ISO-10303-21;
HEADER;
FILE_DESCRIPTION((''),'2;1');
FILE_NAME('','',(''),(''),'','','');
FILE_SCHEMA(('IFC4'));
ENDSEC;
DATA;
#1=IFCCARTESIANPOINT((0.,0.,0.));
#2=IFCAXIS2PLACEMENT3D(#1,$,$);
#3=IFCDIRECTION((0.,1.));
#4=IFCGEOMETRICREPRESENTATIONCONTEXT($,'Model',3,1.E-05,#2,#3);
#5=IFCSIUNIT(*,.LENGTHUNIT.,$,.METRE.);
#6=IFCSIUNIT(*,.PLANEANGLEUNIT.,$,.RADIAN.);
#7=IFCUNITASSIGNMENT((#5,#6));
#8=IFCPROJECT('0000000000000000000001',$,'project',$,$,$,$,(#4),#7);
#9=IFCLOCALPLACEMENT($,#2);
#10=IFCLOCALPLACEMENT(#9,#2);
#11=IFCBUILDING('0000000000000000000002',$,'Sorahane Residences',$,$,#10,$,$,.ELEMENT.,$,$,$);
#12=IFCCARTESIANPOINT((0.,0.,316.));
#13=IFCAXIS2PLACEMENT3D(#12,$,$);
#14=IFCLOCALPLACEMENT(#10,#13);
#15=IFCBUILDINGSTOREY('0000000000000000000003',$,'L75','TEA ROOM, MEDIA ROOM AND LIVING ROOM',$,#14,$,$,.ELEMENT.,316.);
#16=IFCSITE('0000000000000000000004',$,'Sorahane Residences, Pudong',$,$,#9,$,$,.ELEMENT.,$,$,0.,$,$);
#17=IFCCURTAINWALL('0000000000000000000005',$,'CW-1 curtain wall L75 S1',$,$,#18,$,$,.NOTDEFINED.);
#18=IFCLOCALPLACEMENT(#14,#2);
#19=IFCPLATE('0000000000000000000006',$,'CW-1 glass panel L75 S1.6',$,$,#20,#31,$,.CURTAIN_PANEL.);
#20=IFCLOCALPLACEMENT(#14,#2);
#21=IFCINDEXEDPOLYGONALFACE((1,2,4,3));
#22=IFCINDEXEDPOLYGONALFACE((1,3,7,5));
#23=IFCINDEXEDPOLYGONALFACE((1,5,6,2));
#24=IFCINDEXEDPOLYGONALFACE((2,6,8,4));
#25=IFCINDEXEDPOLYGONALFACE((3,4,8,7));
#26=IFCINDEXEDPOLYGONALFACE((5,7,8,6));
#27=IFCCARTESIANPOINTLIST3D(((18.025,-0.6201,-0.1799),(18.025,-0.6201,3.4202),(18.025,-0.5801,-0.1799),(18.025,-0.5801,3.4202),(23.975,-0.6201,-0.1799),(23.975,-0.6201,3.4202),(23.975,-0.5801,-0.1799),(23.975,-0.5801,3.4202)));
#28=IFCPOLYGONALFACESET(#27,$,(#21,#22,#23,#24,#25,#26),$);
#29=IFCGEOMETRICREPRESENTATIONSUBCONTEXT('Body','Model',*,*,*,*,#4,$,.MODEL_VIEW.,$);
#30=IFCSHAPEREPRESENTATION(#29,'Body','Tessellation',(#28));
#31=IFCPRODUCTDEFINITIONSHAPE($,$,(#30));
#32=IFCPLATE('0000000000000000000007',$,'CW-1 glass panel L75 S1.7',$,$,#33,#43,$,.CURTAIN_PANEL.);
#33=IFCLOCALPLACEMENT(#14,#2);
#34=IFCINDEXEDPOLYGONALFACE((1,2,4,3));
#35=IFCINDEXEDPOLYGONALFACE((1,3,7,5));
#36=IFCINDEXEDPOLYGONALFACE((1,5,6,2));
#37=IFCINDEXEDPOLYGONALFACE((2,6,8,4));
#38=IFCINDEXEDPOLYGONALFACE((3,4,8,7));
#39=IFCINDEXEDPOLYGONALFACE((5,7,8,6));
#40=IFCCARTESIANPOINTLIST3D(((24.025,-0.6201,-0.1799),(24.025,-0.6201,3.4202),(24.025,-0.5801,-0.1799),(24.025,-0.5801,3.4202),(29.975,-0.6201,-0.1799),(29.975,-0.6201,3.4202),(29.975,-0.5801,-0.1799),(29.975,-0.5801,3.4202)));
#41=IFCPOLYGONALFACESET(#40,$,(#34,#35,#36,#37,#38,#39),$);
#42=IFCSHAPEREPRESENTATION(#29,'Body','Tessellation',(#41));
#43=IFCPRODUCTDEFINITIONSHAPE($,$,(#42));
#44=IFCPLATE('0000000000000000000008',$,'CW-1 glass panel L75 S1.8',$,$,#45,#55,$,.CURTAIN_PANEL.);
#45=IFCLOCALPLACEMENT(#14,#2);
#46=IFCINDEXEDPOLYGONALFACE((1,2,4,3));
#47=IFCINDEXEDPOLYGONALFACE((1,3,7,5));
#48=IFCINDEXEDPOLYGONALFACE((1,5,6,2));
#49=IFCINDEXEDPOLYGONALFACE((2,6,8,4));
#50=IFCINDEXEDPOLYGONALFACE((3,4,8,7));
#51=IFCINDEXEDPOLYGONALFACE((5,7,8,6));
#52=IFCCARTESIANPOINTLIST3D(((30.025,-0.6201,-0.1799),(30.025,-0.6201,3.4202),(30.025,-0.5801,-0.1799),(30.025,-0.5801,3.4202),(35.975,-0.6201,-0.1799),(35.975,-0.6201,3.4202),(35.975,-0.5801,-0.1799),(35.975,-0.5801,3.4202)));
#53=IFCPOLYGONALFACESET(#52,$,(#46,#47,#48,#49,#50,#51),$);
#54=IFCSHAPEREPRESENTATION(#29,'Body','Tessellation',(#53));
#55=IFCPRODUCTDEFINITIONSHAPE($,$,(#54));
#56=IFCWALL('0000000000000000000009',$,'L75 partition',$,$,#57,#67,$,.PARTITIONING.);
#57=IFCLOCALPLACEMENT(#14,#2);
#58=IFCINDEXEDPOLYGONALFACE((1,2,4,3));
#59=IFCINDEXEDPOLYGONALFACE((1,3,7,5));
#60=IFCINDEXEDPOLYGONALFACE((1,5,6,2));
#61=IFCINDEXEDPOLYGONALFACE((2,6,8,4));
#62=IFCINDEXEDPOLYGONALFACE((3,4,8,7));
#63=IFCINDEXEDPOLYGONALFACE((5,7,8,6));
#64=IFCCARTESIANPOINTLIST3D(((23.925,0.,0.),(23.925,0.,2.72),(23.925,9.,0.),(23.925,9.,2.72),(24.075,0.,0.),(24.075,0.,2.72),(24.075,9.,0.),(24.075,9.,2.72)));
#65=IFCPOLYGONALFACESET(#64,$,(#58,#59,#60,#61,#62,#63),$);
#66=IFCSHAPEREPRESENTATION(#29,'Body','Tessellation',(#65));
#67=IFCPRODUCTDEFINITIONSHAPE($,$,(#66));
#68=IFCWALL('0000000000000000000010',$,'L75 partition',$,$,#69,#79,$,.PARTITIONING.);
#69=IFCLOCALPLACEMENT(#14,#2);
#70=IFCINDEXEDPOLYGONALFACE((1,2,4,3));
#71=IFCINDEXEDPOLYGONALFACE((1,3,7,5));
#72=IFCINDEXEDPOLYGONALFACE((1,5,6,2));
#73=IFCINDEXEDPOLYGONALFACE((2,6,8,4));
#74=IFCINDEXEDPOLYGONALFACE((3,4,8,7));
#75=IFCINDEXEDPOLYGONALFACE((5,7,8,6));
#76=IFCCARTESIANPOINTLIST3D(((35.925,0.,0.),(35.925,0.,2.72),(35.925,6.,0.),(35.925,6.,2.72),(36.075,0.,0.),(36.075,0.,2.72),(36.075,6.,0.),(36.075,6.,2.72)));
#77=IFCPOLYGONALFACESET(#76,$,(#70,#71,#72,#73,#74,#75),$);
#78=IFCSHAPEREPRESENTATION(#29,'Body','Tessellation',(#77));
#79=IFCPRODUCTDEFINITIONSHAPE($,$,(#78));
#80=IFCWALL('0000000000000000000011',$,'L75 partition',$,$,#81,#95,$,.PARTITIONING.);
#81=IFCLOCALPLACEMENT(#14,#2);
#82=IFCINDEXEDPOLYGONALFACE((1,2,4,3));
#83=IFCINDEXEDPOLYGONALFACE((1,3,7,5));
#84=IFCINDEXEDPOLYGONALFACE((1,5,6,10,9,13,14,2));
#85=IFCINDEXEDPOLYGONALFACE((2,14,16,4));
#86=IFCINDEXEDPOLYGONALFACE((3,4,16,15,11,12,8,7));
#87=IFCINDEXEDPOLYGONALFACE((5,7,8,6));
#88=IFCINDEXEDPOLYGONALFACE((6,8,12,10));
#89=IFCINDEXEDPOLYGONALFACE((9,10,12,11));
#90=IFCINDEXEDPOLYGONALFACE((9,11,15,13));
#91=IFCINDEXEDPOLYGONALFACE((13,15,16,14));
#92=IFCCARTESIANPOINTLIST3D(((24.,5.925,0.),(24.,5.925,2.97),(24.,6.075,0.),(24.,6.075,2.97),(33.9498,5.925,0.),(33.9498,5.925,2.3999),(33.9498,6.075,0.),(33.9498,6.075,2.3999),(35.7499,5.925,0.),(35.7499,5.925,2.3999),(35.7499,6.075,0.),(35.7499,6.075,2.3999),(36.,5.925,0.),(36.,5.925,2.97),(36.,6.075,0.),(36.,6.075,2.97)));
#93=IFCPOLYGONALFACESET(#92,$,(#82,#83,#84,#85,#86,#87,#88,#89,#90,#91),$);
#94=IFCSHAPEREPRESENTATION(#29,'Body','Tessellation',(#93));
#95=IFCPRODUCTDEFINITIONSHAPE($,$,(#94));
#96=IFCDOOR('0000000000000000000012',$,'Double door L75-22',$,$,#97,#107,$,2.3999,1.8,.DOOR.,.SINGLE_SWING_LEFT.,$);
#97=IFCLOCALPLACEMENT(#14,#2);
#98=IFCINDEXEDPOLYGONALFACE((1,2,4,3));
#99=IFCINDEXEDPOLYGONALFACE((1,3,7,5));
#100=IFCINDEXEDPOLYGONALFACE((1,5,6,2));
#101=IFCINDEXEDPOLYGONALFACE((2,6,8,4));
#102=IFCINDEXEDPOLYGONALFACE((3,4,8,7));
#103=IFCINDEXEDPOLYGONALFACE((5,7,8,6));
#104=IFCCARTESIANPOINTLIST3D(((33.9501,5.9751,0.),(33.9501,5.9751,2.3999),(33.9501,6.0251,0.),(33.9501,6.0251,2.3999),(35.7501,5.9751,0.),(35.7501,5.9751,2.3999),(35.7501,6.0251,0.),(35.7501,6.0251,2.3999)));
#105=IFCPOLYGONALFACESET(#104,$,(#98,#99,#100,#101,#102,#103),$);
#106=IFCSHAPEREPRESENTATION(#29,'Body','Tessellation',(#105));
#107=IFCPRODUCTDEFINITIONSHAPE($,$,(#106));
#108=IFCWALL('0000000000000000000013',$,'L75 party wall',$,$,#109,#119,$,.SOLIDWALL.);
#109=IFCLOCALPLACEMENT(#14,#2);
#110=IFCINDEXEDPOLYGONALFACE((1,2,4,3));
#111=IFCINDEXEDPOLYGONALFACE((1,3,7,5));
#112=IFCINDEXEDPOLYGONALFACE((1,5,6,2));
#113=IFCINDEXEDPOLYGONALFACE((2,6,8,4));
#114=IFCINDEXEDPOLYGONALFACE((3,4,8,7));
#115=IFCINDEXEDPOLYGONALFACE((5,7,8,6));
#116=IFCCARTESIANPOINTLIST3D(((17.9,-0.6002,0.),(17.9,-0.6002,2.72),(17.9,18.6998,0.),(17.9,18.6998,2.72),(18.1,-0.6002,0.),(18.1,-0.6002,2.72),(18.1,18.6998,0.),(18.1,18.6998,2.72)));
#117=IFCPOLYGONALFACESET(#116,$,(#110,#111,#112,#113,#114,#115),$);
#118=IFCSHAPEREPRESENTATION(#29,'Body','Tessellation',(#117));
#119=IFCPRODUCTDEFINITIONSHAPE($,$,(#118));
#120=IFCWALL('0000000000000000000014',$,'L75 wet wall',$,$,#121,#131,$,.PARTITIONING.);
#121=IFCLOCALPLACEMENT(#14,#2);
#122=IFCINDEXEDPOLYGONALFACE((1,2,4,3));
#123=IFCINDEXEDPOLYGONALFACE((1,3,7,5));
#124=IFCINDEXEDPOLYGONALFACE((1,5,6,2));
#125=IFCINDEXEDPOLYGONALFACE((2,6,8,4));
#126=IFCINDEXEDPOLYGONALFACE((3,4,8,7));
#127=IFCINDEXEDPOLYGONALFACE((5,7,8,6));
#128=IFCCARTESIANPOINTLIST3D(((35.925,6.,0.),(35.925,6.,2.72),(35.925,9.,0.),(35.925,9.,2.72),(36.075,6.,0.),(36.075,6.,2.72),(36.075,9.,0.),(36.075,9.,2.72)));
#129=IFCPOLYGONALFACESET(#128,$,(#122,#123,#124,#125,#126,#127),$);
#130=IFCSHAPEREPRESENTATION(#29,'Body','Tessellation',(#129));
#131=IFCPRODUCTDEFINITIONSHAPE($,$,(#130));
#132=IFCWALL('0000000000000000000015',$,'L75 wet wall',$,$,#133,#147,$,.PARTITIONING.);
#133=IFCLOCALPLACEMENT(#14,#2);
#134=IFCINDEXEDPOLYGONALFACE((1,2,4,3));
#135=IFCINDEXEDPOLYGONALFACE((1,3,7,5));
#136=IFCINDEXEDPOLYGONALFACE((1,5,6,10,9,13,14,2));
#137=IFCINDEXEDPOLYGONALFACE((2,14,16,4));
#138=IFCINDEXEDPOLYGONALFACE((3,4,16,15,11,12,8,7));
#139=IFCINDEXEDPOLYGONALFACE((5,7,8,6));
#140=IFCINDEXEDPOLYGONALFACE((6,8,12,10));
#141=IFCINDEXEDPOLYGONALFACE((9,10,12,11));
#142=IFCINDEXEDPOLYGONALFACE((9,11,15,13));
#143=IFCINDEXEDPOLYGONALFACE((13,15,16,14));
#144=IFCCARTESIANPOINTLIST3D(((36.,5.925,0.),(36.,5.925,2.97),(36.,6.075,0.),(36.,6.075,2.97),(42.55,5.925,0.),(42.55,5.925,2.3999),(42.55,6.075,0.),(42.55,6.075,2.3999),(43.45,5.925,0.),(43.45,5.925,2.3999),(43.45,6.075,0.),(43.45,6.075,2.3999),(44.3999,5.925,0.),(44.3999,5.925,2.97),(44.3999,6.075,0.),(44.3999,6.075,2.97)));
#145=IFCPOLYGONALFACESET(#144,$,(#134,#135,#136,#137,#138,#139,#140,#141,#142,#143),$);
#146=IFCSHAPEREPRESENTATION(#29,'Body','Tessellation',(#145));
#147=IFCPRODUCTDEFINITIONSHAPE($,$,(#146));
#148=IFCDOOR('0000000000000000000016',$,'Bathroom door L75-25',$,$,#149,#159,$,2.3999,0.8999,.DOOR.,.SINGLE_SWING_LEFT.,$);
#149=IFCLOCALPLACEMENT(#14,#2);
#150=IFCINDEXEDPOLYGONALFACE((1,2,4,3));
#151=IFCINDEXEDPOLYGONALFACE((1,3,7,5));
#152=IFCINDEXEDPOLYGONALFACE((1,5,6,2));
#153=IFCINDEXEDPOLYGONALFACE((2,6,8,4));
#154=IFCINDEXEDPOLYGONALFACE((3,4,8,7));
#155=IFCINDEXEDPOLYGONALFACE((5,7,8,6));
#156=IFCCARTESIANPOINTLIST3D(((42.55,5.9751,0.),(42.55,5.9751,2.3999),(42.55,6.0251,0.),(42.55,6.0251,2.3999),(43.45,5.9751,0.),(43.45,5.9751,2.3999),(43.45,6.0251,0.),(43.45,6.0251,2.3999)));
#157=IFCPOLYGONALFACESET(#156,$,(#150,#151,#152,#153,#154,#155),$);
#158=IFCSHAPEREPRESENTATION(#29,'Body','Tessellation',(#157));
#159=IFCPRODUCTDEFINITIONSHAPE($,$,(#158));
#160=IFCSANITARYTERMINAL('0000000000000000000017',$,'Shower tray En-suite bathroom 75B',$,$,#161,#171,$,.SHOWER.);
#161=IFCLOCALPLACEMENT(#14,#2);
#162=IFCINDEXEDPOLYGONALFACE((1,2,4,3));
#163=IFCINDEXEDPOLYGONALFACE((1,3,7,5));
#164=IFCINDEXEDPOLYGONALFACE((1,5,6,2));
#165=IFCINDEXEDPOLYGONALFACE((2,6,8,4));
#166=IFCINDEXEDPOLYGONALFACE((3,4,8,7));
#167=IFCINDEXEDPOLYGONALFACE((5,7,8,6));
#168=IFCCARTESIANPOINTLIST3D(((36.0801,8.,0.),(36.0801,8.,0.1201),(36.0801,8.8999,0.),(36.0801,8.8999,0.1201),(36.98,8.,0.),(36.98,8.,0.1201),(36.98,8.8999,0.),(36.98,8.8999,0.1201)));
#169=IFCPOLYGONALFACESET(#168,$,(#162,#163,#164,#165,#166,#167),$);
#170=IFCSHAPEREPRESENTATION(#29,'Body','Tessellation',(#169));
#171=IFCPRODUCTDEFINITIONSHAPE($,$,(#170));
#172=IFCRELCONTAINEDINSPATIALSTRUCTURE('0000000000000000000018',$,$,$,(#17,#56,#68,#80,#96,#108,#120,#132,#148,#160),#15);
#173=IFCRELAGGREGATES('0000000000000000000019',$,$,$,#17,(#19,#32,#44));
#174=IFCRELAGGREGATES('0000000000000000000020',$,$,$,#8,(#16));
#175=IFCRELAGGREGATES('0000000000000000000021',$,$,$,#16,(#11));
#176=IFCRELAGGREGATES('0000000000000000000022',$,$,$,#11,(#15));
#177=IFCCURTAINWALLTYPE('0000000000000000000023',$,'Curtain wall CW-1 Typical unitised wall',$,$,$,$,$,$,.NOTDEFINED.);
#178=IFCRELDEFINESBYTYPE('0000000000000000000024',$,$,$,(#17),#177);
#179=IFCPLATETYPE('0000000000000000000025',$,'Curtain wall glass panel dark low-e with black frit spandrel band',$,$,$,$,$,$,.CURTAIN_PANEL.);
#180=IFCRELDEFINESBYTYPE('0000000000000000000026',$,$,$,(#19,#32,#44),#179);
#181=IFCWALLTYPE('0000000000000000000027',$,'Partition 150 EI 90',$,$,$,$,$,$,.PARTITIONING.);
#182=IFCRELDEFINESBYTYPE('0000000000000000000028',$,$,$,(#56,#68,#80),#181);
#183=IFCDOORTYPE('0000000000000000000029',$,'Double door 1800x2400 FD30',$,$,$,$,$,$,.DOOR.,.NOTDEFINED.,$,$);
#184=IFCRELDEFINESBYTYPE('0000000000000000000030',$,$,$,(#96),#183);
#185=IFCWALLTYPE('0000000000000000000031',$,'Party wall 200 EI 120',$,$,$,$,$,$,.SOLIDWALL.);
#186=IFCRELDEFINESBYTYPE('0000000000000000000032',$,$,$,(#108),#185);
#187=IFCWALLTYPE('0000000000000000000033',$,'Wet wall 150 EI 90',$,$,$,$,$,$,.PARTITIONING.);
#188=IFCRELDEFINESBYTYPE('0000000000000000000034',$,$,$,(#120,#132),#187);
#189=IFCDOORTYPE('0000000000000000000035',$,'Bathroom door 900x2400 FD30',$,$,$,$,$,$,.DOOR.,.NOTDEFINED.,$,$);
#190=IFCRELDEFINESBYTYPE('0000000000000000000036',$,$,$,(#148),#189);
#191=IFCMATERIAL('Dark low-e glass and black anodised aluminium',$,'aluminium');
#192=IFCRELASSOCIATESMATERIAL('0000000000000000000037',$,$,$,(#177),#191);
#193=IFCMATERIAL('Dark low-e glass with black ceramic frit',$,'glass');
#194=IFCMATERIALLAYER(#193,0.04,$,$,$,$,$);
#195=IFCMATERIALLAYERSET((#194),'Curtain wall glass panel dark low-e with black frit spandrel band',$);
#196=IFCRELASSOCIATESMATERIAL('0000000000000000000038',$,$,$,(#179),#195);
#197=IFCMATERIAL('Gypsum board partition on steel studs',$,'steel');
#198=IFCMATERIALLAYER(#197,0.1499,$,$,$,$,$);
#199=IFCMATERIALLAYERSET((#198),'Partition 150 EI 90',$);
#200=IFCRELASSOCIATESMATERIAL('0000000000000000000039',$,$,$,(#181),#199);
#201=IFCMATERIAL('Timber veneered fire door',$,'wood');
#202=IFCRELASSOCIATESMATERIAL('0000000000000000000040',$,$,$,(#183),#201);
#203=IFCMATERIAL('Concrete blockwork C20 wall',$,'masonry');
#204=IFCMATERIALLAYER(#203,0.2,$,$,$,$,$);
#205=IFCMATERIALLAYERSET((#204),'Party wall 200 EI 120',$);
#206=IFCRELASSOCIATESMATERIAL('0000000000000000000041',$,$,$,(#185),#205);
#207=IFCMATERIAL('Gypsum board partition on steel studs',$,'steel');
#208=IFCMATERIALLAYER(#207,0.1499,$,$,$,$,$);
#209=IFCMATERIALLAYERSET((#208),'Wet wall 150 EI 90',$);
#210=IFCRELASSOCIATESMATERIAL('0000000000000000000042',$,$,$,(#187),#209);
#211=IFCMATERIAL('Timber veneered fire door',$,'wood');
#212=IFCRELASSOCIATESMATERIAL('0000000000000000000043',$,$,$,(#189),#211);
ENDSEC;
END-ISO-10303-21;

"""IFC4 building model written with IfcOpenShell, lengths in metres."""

from ifc_helpers import new_model, si_unit, direction, frame, frame_2d, origin, origin_2d, place, context, subcontext, project, spatial, rectangle, extrude, material, layer, layer_set, type_object, element, fill, aggregate, save


model = new_model("IFC4")

# Units and contexts
model_context = context("Model", 3, precision=1e-05, world=origin(), true_north=direction((0.0, 1.0)))
body_context = subcontext(model_context, "Body", "Model", "MODEL_VIEW")
ifc_project = project(units=[si_unit("LENGTHUNIT", "METRE"), si_unit("PLANEANGLEUNIT", "RADIAN")], contexts=[model_context])

# Site, building, storey
site_placement = place(None, origin())
site = spatial("IfcSite", under=ifc_project, at=site_placement, Name="Sorahane Residences, Pudong", CompositionType="ELEMENT", RefElevation=0.0)
building_placement = place(site_placement, origin())
building = spatial("IfcBuilding", under=site, at=building_placement, Name="Sorahane Residences", CompositionType="ELEMENT")
storey_placement = place(building_placement, frame((0.0, 0.0, 316.0)))
storey = spatial("IfcBuildingStorey", under=building, at=storey_placement, Name="L75", Description="TEA ROOM, MEDIA ROOM AND LIVING ROOM", CompositionType="ELEMENT", Elevation=316.0)

# Curtain wall
ifc_material_1 = material(Name="Dark low-e glass and black anodised aluminium", Category="aluminium")
curtain_wall_type = type_object("IfcCurtainWallType", Name="Curtain wall CW-1 Typical unitised wall", PredefinedType="NOTDEFINED", material=ifc_material_1)
curtain_wall_placement = place(storey_placement, origin())
curtain_wall = element("IfcCurtainWall", 1, at=curtain_wall_placement, inside=storey, type_object=curtain_wall_type, Name="CW-1 curtain wall L75 S1", PredefinedType="NOTDEFINED")

# Plates
ifc_material_2 = material(Name="Dark low-e glass with black ceramic frit", Category="glass")
ifc_layer_1 = layer(ifc_material_2, 0.04)
ifc_layer_set_1 = layer_set([ifc_layer_1], Name="Curtain wall glass panel dark low-e with black frit spandrel band")
plate_type = type_object("IfcPlateType", Name="Curtain wall glass panel dark low-e with black frit spandrel band", PredefinedType="CURTAIN_PANEL", material=ifc_layer_set_1)
plate_1_placement = place(storey_placement, frame((21.0, -0.6001, -0.1799), z_axis=(0.0, 0.0, 1.0), x_axis=(1.0, 0.0, 0.0)))
plate_1 = element("IfcPlate", 2, at=plate_1_placement, type_object=plate_type, Name="CW-1 glass panel L75 S1.6", PredefinedType="CURTAIN_PANEL", context=body_context, shape_type="SweptSolid", body=[
    extrude(rectangle(XDim=5.95, YDim=0.04, at=origin_2d()), origin(), (0.0, 0.0, 1.0), 3.6001),
])
plate_2_placement = place(storey_placement, frame((27.0, -0.6001, -0.1799), z_axis=(0.0, 0.0, 1.0), x_axis=(1.0, 0.0, 0.0)))
plate_2 = element("IfcPlate", 3, at=plate_2_placement, type_object=plate_type, Name="CW-1 glass panel L75 S1.7", PredefinedType="CURTAIN_PANEL", context=body_context, shape_type="SweptSolid", body=[
    extrude(rectangle(XDim=5.95, YDim=0.04, at=origin_2d()), origin(), (0.0, 0.0, 1.0), 3.6001),
])
plate_3_placement = place(storey_placement, frame((33.0, -0.6001, -0.1799), z_axis=(0.0, 0.0, 1.0), x_axis=(1.0, 0.0, 0.0)))
plate_3 = element("IfcPlate", 4, at=plate_3_placement, type_object=plate_type, Name="CW-1 glass panel L75 S1.8", PredefinedType="CURTAIN_PANEL", context=body_context, shape_type="SweptSolid", body=[
    extrude(rectangle(XDim=5.95, YDim=0.04, at=origin_2d()), origin(), (0.0, 0.0, 1.0), 3.6001),
])
aggregate(curtain_wall, [plate_1, plate_2, plate_3])

# Walls
ifc_material_3 = material(Name="Gypsum board partition on steel studs", Category="steel")
ifc_layer_2 = layer(ifc_material_3, 0.1499)
ifc_layer_set_2 = layer_set([ifc_layer_2], Name="Partition 150 EI 90")
wall_type_1 = type_object("IfcWallType", Name="Partition 150 EI 90", PredefinedType="PARTITIONING", material=ifc_layer_set_2)
wall_1_placement = place(storey_placement, frame((24.0, 0.0, 0.0), z_axis=(0.0, 0.0, 1.0), x_axis=(0.0, 1.0, 0.0)))
element("IfcWall", 5, at=wall_1_placement, inside=storey, type_object=wall_type_1, Name="L75 partition", PredefinedType="PARTITIONING", context=body_context, shape_type="SweptSolid", body=[
    extrude(rectangle(XDim=9.0, YDim=0.1499, at=frame_2d((4.5, 0.0))), origin(), (0.0, 0.0, 1.0), 2.72),
])
wall_2_placement = place(storey_placement, frame((36.0, 0.0, 0.0), z_axis=(0.0, 0.0, 1.0), x_axis=(0.0, 1.0, 0.0)))
element("IfcWall", 6, at=wall_2_placement, inside=storey, type_object=wall_type_1, Name="L75 partition", PredefinedType="PARTITIONING", context=body_context, shape_type="SweptSolid", body=[
    extrude(rectangle(XDim=6.0, YDim=0.1499, at=frame_2d((3.0, 0.0))), origin(), (0.0, 0.0, 1.0), 2.72),
])

# Wall, opening, door
wall_3_placement = place(storey_placement, frame((24.0, 6.0, 0.0), z_axis=(0.0, 0.0, 1.0), x_axis=(1.0, 0.0, 0.0)))
wall_3 = element("IfcWall", 7, at=wall_3_placement, inside=storey, type_object=wall_type_1, Name="L75 partition", PredefinedType="PARTITIONING", context=body_context, shape_type="SweptSolid", body=[
    extrude(rectangle(XDim=12.0, YDim=0.1499, at=frame_2d((6.0, 0.0))), origin(), (0.0, 0.0, 1.0), 2.97),
])
opening_1_placement = place(wall_3_placement, frame((9.95, 0.0, 0.0)))
opening_1 = element("IfcOpeningElement", 8, at=opening_1_placement, cuts=wall_3, PredefinedType="OPENING", context=body_context, shape_type="SweptSolid", body=[
    extrude(rectangle(XDim=1.8, YDim=2.3999, at=frame_2d((0.8999, 1.2))), frame((0.0, 0.085, 0.0), z_axis=(0.0, -1.0, 0.0), x_axis=(1.0, 0.0, 0.0)), (0.0, 0.0, 1.0), 0.1699),
])
ifc_material_4 = material(Name="Timber veneered fire door", Category="wood")
door_type_1 = type_object("IfcDoorType", Name="Double door 1800x2400 FD30", OperationType="NOTDEFINED", PredefinedType="DOOR", material=ifc_material_4)
door_1_placement = place(opening_1_placement, frame((1.8, 0.0, 0.0), z_axis=(0.0, 0.0, 1.0), x_axis=(-1.0, 0.0, 0.0)))
door_1 = element("IfcDoor", 9, at=door_1_placement, inside=storey, type_object=door_type_1, Name="Double door L75-22", OperationType="SINGLE_SWING_LEFT", OverallHeight=2.3999, OverallWidth=1.8, PredefinedType="DOOR", context=body_context, shape_type="SweptSolid", body=[
    extrude(rectangle(XDim=1.8, YDim=2.3999, at=frame_2d((0.8999, 1.2))), frame((0.0, 0.0249, 0.0), z_axis=(0.0, -1.0, 0.0), x_axis=(1.0, 0.0, 0.0)), (0.0, 0.0, 1.0), 0.05),
])
fill(opening_1, door_1)

# Walls
ifc_material_5 = material(Name="Concrete blockwork C20 wall", Category="masonry")
ifc_layer_3 = layer(ifc_material_5, 0.2)
ifc_layer_set_3 = layer_set([ifc_layer_3], Name="Party wall 200 EI 120")
wall_type_2 = type_object("IfcWallType", Name="Party wall 200 EI 120", PredefinedType="SOLIDWALL", material=ifc_layer_set_3)
wall_4_placement = place(storey_placement, frame((18.0, -0.6001, 0.0), z_axis=(0.0, 0.0, 1.0), x_axis=(0.0, 1.0, 0.0)))
element("IfcWall", 10, at=wall_4_placement, inside=storey, type_object=wall_type_2, Name="L75 party wall", PredefinedType="SOLIDWALL", context=body_context, shape_type="SweptSolid", body=[
    extrude(rectangle(XDim=19.3, YDim=0.2, at=frame_2d((9.6499, 0.0))), origin(), (0.0, 0.0, 1.0), 2.72),
])
ifc_material_6 = material(Name="Gypsum board partition on steel studs", Category="steel")
ifc_layer_4 = layer(ifc_material_6, 0.1499)
ifc_layer_set_4 = layer_set([ifc_layer_4], Name="Wet wall 150 EI 90")
wall_type_3 = type_object("IfcWallType", Name="Wet wall 150 EI 90", PredefinedType="PARTITIONING", material=ifc_layer_set_4)
wall_5_placement = place(storey_placement, frame((36.0, 6.0, 0.0), z_axis=(0.0, 0.0, 1.0), x_axis=(0.0, 1.0, 0.0)))
element("IfcWall", 11, at=wall_5_placement, inside=storey, type_object=wall_type_3, Name="L75 wet wall", PredefinedType="PARTITIONING", context=body_context, shape_type="SweptSolid", body=[
    extrude(rectangle(XDim=3.0, YDim=0.1499, at=frame_2d((1.5, 0.0))), origin(), (0.0, 0.0, 1.0), 2.72),
])

# Wall, opening, door
wall_6_placement = place(storey_placement, frame((36.0, 6.0, 0.0), z_axis=(0.0, 0.0, 1.0), x_axis=(1.0, 0.0, 0.0)))
wall_6 = element("IfcWall", 12, at=wall_6_placement, inside=storey, type_object=wall_type_3, Name="L75 wet wall", PredefinedType="PARTITIONING", context=body_context, shape_type="SweptSolid", body=[
    extrude(rectangle(XDim=8.3999, YDim=0.1499, at=frame_2d((4.2, 0.0))), origin(), (0.0, 0.0, 1.0), 2.97),
])
opening_2_placement = place(wall_6_placement, frame((6.55, 0.0, 0.0)))
opening_2 = element("IfcOpeningElement", 13, at=opening_2_placement, cuts=wall_6, PredefinedType="OPENING", context=body_context, shape_type="SweptSolid", body=[
    extrude(rectangle(XDim=0.8999, YDim=2.3999, at=frame_2d((0.45, 1.2))), frame((0.0, 0.085, 0.0), z_axis=(0.0, -1.0, 0.0), x_axis=(1.0, 0.0, 0.0)), (0.0, 0.0, 1.0), 0.1699),
])
ifc_material_7 = material(Name="Timber veneered fire door", Category="wood")
door_type_2 = type_object("IfcDoorType", Name="Bathroom door 900x2400 FD30", OperationType="NOTDEFINED", PredefinedType="DOOR", material=ifc_material_7)
door_2_placement = place(opening_2_placement, frame((0.8999, 0.0, 0.0), z_axis=(0.0, 0.0, 1.0), x_axis=(-1.0, 0.0, 0.0)))
door_2 = element("IfcDoor", 14, at=door_2_placement, inside=storey, type_object=door_type_2, Name="Bathroom door L75-25", OperationType="SINGLE_SWING_LEFT", OverallHeight=2.3999, OverallWidth=0.8999, PredefinedType="DOOR", context=body_context, shape_type="SweptSolid", body=[
    extrude(rectangle(XDim=0.8999, YDim=2.3999, at=frame_2d((0.45, 1.2))), frame((0.0, 0.0249, 0.0), z_axis=(0.0, -1.0, 0.0), x_axis=(1.0, 0.0, 0.0)), (0.0, 0.0, 1.0), 0.05),
])
fill(opening_2, door_2)

# Sanitary terminal
sanitary_terminal_placement = place(storey_placement, frame((36.53, 8.45, 0.0), z_axis=(0.0, 0.0, 1.0), x_axis=(1.0, 0.0, 0.0)))
element("IfcSanitaryTerminal", 15, at=sanitary_terminal_placement, inside=storey, Name="Shower tray En-suite bathroom 75B", PredefinedType="SHOWER", context=body_context, shape_type="SweptSolid", body=[
    extrude(rectangle(XDim=0.8999, YDim=0.8999, at=origin_2d()), origin(), (0.0, 0.0, 1.0), 0.1201),
])

save(model, "model.ifc")
